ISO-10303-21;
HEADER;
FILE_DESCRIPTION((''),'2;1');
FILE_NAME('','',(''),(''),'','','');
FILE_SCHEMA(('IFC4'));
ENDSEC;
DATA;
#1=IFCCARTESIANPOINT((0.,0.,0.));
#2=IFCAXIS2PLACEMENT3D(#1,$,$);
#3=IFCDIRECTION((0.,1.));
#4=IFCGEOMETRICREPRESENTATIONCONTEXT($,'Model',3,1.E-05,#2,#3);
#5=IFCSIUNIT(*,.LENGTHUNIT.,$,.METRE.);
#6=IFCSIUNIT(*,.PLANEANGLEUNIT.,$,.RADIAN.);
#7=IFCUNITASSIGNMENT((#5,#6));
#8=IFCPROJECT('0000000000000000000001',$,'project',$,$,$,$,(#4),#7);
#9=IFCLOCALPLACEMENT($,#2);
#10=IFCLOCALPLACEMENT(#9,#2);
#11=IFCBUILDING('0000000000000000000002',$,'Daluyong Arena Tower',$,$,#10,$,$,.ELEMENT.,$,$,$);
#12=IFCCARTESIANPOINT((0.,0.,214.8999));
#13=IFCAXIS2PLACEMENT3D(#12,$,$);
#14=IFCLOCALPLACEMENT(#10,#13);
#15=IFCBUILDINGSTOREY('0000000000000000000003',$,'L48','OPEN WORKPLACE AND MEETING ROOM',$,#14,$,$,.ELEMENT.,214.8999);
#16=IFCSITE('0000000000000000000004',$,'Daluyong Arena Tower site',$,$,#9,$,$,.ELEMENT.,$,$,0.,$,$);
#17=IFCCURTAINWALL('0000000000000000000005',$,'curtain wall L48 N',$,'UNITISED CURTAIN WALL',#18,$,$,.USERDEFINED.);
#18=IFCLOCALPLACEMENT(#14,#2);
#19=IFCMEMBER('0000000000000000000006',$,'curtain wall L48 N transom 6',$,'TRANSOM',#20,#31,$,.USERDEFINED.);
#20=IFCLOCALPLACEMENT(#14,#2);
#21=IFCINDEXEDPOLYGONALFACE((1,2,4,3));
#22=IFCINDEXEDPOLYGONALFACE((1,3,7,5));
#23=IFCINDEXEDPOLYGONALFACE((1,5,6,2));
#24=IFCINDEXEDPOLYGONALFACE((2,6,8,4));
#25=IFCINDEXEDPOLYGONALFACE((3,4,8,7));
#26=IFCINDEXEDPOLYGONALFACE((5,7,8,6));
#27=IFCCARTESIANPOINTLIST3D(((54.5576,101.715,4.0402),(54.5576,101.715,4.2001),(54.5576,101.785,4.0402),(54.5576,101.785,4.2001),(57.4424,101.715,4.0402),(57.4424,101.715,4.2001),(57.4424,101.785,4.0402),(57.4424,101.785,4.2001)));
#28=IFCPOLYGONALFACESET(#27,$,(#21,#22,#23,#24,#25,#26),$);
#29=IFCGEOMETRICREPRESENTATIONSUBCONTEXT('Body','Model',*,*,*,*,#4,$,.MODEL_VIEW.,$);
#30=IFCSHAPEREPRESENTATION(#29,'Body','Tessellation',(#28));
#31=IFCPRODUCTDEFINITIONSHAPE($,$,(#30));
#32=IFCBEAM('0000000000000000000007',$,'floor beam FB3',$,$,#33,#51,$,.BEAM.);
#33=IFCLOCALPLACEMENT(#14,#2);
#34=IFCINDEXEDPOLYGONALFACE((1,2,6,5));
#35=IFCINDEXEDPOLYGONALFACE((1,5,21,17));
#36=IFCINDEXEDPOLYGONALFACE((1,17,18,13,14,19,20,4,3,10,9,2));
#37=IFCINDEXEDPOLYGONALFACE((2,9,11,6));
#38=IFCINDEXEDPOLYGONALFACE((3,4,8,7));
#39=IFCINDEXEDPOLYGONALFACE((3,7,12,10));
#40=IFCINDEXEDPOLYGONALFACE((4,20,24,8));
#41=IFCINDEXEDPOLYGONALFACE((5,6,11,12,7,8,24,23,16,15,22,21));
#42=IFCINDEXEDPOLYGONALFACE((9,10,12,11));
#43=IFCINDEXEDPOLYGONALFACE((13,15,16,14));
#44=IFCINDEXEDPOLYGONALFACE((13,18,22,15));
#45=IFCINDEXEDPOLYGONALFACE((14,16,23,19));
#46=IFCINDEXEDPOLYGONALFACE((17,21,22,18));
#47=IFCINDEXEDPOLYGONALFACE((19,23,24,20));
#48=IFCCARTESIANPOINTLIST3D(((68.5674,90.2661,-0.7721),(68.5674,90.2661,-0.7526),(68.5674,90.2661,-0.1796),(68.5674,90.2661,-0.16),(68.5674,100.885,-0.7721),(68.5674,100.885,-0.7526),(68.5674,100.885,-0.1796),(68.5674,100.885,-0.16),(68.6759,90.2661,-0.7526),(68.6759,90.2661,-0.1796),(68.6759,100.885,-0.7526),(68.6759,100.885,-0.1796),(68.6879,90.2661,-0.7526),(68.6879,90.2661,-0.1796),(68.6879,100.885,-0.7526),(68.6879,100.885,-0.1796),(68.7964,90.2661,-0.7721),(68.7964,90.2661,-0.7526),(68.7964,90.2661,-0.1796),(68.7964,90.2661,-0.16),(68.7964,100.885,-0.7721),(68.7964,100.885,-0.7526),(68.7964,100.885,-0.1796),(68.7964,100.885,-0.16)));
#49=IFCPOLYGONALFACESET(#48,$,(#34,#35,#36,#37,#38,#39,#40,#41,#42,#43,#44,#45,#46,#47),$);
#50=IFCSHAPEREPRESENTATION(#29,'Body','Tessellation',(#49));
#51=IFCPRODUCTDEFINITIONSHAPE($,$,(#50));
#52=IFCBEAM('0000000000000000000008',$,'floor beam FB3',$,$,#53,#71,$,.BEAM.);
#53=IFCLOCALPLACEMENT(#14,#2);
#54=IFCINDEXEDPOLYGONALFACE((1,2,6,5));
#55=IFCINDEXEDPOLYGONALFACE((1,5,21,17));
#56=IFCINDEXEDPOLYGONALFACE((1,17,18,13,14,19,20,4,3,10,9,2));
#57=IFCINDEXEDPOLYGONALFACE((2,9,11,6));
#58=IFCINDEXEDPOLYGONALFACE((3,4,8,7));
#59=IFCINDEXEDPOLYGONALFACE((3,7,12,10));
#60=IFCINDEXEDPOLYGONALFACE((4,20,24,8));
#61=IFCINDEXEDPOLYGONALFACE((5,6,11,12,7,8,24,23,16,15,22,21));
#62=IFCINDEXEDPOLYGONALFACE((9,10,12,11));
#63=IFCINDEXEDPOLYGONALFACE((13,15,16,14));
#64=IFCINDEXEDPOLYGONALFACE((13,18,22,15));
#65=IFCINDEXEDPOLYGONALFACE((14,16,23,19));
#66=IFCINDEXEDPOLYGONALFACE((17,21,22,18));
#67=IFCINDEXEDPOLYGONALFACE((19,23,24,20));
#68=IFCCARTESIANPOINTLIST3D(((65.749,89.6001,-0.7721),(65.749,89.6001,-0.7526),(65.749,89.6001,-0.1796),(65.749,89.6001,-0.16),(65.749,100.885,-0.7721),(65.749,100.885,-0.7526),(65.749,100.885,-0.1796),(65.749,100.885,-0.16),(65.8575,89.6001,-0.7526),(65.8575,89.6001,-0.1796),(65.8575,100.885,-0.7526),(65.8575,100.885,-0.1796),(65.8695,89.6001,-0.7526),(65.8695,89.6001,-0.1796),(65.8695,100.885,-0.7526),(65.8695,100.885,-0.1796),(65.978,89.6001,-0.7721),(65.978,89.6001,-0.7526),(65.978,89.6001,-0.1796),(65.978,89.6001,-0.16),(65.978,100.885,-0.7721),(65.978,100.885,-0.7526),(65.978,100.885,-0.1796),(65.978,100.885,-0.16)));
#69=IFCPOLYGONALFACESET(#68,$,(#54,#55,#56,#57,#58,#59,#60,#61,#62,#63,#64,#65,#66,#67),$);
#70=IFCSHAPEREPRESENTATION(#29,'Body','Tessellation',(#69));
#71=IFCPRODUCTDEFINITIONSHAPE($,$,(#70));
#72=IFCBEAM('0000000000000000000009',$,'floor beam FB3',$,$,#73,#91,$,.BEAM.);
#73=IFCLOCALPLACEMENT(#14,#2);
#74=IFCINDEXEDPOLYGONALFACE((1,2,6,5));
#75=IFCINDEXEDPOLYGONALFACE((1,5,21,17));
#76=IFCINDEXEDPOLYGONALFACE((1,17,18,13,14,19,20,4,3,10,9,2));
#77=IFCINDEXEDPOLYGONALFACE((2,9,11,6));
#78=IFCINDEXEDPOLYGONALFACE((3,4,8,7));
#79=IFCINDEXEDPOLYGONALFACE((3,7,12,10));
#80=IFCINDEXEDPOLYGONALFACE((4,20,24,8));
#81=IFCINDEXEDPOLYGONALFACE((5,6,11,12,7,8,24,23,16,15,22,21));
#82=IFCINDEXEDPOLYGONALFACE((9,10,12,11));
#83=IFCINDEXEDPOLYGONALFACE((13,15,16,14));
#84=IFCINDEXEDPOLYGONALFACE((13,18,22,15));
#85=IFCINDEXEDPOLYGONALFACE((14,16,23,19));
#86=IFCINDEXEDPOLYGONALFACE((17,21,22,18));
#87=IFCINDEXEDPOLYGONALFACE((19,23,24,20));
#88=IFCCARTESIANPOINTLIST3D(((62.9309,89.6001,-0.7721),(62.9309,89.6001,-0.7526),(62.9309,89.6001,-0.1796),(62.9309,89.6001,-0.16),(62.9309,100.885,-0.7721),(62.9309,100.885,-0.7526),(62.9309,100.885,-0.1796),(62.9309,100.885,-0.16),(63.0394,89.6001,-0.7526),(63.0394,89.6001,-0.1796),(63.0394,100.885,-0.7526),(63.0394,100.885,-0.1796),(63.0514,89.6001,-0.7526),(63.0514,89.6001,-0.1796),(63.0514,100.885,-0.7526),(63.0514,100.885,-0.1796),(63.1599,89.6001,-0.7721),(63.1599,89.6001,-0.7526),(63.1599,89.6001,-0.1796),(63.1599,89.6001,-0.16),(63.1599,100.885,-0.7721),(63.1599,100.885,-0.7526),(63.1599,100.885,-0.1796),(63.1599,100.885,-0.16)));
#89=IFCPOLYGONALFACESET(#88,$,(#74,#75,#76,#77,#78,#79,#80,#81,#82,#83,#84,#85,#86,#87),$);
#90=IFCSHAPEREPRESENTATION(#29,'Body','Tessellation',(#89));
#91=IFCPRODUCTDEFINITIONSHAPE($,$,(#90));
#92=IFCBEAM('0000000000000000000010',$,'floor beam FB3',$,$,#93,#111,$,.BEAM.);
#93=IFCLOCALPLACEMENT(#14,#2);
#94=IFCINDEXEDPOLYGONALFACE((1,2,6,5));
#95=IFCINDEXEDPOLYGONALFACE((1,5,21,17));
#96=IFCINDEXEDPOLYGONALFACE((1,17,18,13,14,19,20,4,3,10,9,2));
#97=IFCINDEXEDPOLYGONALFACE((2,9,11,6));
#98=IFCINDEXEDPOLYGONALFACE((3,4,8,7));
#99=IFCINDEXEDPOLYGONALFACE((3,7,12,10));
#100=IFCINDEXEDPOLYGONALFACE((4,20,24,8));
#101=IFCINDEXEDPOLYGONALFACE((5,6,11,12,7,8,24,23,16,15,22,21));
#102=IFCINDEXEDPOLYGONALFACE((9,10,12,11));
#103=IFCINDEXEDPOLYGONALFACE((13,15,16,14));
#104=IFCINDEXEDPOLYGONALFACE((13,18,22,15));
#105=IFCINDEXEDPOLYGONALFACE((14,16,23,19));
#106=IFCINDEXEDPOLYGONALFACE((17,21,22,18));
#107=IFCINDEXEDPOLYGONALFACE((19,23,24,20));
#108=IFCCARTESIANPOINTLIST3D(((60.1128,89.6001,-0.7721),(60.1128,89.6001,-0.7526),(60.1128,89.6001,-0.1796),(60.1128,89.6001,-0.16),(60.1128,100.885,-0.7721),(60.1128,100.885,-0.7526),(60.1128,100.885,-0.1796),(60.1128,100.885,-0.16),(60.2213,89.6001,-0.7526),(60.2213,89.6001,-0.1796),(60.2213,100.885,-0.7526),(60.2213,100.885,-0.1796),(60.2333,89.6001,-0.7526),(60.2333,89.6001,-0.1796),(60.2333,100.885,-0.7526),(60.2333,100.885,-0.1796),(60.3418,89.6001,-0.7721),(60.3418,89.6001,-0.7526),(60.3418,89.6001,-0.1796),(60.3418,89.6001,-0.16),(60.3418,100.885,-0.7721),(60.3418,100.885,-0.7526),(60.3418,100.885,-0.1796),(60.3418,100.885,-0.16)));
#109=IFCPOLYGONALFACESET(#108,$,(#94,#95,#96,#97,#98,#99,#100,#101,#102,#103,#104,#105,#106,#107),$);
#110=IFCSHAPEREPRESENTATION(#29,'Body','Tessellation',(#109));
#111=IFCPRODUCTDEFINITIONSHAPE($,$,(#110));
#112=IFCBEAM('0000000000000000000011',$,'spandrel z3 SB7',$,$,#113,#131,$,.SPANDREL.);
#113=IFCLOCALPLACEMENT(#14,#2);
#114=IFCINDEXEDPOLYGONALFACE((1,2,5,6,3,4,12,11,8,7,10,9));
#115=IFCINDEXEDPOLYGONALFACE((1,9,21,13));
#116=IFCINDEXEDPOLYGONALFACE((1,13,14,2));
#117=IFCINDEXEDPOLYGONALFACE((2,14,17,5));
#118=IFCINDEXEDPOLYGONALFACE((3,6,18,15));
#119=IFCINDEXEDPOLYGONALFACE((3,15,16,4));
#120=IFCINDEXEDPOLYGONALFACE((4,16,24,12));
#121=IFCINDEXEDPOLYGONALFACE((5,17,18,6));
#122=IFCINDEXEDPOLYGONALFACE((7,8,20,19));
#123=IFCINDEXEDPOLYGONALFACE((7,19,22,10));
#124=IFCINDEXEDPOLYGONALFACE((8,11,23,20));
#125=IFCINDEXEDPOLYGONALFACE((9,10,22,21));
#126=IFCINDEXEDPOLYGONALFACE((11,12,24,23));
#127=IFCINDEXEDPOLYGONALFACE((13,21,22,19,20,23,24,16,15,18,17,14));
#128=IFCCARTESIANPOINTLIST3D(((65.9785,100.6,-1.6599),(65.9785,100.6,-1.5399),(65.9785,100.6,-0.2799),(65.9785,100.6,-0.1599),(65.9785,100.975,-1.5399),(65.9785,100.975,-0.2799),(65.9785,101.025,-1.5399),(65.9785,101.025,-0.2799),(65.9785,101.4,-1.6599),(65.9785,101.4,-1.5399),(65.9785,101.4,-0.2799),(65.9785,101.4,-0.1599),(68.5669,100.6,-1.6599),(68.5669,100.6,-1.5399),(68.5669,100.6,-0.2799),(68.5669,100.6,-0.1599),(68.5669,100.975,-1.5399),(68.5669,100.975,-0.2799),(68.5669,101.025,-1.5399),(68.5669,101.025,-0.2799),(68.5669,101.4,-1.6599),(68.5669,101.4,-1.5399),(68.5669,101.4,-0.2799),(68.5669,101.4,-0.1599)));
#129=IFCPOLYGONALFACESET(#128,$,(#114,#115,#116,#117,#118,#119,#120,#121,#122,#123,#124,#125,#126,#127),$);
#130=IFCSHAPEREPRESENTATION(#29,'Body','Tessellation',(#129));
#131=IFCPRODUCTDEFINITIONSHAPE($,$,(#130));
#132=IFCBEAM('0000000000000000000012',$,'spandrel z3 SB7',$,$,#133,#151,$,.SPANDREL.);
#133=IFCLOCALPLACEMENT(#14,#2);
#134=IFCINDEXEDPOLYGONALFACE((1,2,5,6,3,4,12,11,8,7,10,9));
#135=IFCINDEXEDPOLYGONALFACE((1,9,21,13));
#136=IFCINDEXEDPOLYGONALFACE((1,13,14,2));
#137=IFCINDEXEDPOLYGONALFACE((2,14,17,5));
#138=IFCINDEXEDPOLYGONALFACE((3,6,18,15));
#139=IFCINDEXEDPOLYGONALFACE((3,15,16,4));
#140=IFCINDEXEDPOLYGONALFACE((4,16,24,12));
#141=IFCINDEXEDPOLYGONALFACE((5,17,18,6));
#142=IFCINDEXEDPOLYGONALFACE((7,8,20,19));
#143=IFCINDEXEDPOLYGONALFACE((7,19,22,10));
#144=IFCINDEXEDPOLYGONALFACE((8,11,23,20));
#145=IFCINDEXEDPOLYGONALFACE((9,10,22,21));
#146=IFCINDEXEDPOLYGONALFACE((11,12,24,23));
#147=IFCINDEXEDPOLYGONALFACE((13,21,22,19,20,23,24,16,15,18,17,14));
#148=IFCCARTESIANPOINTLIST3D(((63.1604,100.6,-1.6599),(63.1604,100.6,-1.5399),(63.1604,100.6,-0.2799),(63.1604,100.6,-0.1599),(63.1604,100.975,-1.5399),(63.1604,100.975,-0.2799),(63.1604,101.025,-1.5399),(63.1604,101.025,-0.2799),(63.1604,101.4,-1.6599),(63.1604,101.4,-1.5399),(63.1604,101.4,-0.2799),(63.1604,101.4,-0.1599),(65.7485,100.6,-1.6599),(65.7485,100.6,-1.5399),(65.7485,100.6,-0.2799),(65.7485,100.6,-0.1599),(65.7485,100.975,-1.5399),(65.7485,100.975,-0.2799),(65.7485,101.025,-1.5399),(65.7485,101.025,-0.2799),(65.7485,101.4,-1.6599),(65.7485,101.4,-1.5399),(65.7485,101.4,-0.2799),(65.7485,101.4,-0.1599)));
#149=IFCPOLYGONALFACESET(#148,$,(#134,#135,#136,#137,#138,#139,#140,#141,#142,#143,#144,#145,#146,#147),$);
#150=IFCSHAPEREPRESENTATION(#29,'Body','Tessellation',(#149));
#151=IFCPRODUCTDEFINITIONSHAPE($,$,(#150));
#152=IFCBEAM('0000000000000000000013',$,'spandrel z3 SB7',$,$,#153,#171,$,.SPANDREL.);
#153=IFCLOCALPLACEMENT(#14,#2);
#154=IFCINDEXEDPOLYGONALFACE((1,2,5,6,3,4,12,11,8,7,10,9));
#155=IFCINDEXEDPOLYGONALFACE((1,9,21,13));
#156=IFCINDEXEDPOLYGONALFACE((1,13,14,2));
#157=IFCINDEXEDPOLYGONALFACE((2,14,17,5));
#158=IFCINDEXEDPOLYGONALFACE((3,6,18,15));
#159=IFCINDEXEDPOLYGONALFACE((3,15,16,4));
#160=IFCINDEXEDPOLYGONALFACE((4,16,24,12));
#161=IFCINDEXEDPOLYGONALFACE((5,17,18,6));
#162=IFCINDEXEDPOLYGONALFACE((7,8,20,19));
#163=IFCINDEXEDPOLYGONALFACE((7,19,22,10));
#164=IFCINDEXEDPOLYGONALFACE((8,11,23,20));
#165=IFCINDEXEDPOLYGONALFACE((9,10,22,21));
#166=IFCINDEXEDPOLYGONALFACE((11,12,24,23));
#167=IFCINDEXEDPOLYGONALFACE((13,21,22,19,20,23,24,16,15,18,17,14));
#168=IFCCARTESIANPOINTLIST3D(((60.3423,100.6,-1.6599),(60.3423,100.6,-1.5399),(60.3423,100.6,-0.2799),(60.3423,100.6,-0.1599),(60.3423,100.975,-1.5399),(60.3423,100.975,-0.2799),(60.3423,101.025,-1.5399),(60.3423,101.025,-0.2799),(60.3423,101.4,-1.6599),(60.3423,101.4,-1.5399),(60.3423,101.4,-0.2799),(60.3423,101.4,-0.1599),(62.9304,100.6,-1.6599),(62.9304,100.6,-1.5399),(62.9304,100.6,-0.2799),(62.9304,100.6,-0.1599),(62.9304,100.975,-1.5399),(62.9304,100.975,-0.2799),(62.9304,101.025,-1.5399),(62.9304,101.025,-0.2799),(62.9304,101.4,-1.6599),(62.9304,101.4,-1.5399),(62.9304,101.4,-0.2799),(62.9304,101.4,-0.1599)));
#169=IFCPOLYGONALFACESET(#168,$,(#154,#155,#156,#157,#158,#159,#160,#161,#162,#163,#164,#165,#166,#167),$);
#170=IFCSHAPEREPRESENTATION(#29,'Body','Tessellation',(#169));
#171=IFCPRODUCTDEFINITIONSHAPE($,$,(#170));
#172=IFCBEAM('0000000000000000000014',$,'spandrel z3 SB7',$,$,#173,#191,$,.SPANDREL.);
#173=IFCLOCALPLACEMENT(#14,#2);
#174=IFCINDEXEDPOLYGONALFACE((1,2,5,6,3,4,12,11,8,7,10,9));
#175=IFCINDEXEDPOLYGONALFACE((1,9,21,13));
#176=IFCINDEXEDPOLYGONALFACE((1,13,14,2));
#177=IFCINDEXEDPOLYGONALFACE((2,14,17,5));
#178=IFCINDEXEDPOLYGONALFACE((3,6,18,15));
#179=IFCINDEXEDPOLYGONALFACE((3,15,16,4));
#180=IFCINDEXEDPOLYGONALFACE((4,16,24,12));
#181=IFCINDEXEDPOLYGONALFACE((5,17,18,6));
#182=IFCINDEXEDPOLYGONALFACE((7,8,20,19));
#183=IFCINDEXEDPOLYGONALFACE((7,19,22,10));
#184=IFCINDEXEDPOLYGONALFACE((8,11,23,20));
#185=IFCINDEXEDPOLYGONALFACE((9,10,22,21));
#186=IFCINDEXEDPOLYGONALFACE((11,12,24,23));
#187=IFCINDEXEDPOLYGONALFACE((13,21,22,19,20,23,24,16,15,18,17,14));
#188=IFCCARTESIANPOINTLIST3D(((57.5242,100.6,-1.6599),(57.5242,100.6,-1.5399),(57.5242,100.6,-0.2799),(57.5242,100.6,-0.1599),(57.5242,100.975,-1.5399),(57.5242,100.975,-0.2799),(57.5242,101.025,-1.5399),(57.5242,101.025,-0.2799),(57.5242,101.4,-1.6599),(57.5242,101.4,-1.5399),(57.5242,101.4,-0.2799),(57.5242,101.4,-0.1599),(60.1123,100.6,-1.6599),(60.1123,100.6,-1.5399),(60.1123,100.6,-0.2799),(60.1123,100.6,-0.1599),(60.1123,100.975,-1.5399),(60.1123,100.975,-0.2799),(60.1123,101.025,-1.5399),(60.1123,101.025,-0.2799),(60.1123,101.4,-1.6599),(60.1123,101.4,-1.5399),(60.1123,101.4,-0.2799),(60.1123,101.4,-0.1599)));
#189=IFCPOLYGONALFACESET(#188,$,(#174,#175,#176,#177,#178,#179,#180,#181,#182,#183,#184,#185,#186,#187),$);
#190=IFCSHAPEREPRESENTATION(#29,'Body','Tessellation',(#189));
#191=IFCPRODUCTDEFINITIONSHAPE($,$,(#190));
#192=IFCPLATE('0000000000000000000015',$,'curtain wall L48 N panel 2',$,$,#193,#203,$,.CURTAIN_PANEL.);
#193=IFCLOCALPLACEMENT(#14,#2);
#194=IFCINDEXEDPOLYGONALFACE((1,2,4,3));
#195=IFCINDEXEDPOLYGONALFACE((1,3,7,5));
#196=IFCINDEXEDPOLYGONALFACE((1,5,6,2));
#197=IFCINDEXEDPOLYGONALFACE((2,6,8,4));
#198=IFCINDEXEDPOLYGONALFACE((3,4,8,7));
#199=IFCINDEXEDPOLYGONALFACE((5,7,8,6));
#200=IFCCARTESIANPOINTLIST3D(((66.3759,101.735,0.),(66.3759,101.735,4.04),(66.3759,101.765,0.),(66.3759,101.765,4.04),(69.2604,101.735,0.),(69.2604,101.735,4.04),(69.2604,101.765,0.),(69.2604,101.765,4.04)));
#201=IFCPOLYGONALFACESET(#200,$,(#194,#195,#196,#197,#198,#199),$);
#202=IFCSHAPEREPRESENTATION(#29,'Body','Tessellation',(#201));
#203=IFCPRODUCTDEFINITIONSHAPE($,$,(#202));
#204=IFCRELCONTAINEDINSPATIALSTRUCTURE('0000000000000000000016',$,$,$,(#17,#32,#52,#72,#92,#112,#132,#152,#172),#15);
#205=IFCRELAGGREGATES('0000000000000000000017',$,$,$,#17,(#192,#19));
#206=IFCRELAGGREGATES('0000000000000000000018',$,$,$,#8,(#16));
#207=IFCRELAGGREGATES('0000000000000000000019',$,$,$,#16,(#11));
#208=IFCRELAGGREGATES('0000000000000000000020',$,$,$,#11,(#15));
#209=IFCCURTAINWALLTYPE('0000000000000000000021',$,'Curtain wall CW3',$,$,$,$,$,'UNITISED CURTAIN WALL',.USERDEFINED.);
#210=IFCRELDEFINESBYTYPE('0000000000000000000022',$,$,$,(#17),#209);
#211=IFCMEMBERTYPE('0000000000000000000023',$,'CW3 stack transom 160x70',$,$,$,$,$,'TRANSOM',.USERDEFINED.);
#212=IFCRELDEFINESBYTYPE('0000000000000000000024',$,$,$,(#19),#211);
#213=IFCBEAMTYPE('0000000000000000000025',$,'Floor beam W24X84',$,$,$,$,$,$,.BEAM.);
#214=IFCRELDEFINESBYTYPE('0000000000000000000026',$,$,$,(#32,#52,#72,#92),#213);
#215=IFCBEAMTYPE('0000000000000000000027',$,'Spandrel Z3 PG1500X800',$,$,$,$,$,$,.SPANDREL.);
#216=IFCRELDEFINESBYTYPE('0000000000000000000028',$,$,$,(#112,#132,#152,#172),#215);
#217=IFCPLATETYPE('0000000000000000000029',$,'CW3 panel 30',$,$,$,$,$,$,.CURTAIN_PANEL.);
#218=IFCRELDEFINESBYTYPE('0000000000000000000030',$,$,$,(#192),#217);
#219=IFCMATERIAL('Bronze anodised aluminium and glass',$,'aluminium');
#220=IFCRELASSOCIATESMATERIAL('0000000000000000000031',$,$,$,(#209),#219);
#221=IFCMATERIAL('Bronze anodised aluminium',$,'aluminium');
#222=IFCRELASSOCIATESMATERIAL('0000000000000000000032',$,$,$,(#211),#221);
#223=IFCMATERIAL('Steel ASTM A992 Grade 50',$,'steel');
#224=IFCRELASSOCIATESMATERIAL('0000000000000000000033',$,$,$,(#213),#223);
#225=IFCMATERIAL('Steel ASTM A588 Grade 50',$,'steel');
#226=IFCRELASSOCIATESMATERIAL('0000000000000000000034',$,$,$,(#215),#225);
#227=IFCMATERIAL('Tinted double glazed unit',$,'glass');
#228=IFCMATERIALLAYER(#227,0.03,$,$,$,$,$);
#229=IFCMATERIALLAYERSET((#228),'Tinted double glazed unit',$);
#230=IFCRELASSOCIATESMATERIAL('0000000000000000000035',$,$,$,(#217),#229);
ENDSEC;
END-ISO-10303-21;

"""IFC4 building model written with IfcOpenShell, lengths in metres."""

from ifc_helpers import new_model, si_unit, direction, frame, origin, origin_2d, place, context, subcontext, project, spatial, rectangle, i_section, extrude, material, layer, layer_set, material_profile, profile_set, type_object, element, aggregate, save


model = new_model("IFC4")

# Units and contexts
model_context = context("Model", 3, precision=1e-05, world=origin(), true_north=direction((0.0, 1.0)))
body_context = subcontext(model_context, "Body", "Model", "MODEL_VIEW")
ifc_project = project(units=[si_unit("LENGTHUNIT", "METRE"), si_unit("PLANEANGLEUNIT", "RADIAN")], contexts=[model_context])

# Site, building, storey
site_placement = place(None, origin())
site = spatial("IfcSite", under=ifc_project, at=site_placement, Name="Daluyong Arena Tower site", CompositionType="ELEMENT", RefElevation=0.0)
building_placement = place(site_placement, origin())
building = spatial("IfcBuilding", under=site, at=building_placement, Name="Daluyong Arena Tower", CompositionType="ELEMENT")
storey_placement = place(building_placement, frame((0.0, 0.0, 214.8999)))
storey = spatial("IfcBuildingStorey", under=building, at=storey_placement, Name="L48", Description="OPEN WORKPLACE AND MEETING ROOM", CompositionType="ELEMENT", Elevation=214.8999)

# Curtain wall, member
ifc_material_1 = material(Name="Bronze anodised aluminium and glass", Category="aluminium")
curtain_wall_type = type_object("IfcCurtainWallType", Name="Curtain wall CW3", ElementType="UNITISED CURTAIN WALL", PredefinedType="USERDEFINED", material=ifc_material_1)
curtain_wall_placement = place(storey_placement, origin())
curtain_wall = element("IfcCurtainWall", 1, at=curtain_wall_placement, inside=storey, type_object=curtain_wall_type, Name="curtain wall L48 N", ObjectType="UNITISED CURTAIN WALL", PredefinedType="USERDEFINED")
ifc_material_2 = material(Name="Bronze anodised aluminium", Category="aluminium")
ifc_material_profile_1 = material_profile(ifc_material_2, rectangle(XDim=0.0701, YDim=0.1599, at=origin_2d()))
ifc_profile_set_1 = profile_set([ifc_material_profile_1], Name="Bronze anodised aluminium")
member_type_1 = type_object("IfcMemberType", Name="CW3 stack transom 160x70", ElementType="TRANSOM", PredefinedType="USERDEFINED", material=ifc_profile_set_1)
member_1_placement = place(storey_placement, frame((57.4424, 101.75, 4.1201), z_axis=(-1.0, 0.0, 0.0), x_axis=(0.0, -1.0, 0.0)))
member_1 = element("IfcMember", 2, at=member_1_placement, type_object=member_type_1, Name="curtain wall L48 N transom 6", ObjectType="TRANSOM", PredefinedType="USERDEFINED", context=body_context, shape_type="SweptSolid", body=[
    extrude(rectangle(XDim=0.0701, YDim=0.1599, at=origin_2d()), origin(), (0.0, 0.0, 1.0), 2.8848),
])

# Beams
ifc_material_3 = material(Name="Steel ASTM A992 Grade 50", Category="steel")
ifc_material_profile_2 = material_profile(ifc_material_3, i_section(OverallWidth=0.229, OverallDepth=0.6121, WebThickness=0.012, FlangeThickness=0.0195, at=origin_2d()))
ifc_profile_set_2 = profile_set([ifc_material_profile_2], Name="Steel ASTM A992 Grade 50")
beam_type_1 = type_object("IfcBeamType", Name="Floor beam W24X84", PredefinedType="BEAM", material=ifc_profile_set_2)
beam_1_placement = place(storey_placement, frame((68.6819, 100.885, -0.4661), z_axis=(0.0, -1.0, 0.0), x_axis=(1.0, 0.0, 0.0)))
element("IfcBeam", 3, at=beam_1_placement, inside=storey, type_object=beam_type_1, Name="floor beam FB3", PredefinedType="BEAM", context=body_context, shape_type="SweptSolid", body=[
    extrude(i_section(OverallWidth=0.229, OverallDepth=0.6121, WebThickness=0.012, FlangeThickness=0.0195, at=origin_2d()), origin(), (0.0, 0.0, 1.0), 10.6189),
])
for number, where, z_axis, x_axis, name in (
    (4, (65.8635, 100.885, -0.4661), (0.0, -1.0, 0.0), (1.0, 0.0, 0.0), "floor beam FB3"),
    (5, (63.0454, 100.885, -0.4661), (0.0, -1.0, 0.0), (1.0, 0.0, 0.0), "floor beam FB3"),
    (6, (60.2273, 100.885, -0.4661), (0.0, -1.0, 0.0), (1.0, 0.0, 0.0), "floor beam FB3"),
):
    element("IfcBeam", number, at=place(storey_placement, frame(where, z_axis=z_axis, x_axis=x_axis)), inside=storey, type_object=beam_type_1, Name=name, PredefinedType="BEAM", context=body_context, shape_type="SweptSolid", body=[
        extrude(i_section(OverallWidth=0.229, OverallDepth=0.6121, WebThickness=0.012, FlangeThickness=0.0195, at=origin_2d()), origin(), (0.0, 0.0, 1.0), 11.2849),
    ])
ifc_material_4 = material(Name="Steel ASTM A588 Grade 50", Category="steel")
ifc_material_profile_3 = material_profile(ifc_material_4, i_section(OverallWidth=0.8, OverallDepth=1.5, WebThickness=0.05, FlangeThickness=0.12, at=origin_2d()))
ifc_profile_set_3 = profile_set([ifc_material_profile_3], Name="Steel ASTM A588 Grade 50")
beam_type_2 = type_object("IfcBeamType", Name="Spandrel Z3 PG1500X800", PredefinedType="SPANDREL", material=ifc_profile_set_3)
beam_2_placement = place(storey_placement, frame((68.5669, 101.0, -0.9099), z_axis=(-1.0, 0.0, 0.0), x_axis=(0.0, -1.0, 0.0)))
element("IfcBeam", 7, at=beam_2_placement, inside=storey, type_object=beam_type_2, Name="spandrel z3 SB7", PredefinedType="SPANDREL", context=body_context, shape_type="SweptSolid", body=[
    extrude(i_section(OverallWidth=0.8, OverallDepth=1.5, WebThickness=0.05, FlangeThickness=0.12, at=origin_2d()), origin(), (0.0, 0.0, 1.0), 2.5884),
])
for number, where, z_axis, x_axis, name in (
    (8, (65.7485, 101.0, -0.9099), (-1.0, 0.0, 0.0), (0.0, -1.0, 0.0), "spandrel z3 SB7"),
    (9, (62.9304, 101.0, -0.9099), (-1.0, 0.0, 0.0), (0.0, -1.0, 0.0), "spandrel z3 SB7"),
    (10, (60.1123, 101.0, -0.9099), (-1.0, 0.0, 0.0), (0.0, -1.0, 0.0), "spandrel z3 SB7"),
):
    element("IfcBeam", number, at=place(storey_placement, frame(where, z_axis=z_axis, x_axis=x_axis)), inside=storey, type_object=beam_type_2, Name=name, PredefinedType="SPANDREL", context=body_context, shape_type="SweptSolid", body=[
        extrude(i_section(OverallWidth=0.8, OverallDepth=1.5, WebThickness=0.05, FlangeThickness=0.12, at=origin_2d()), origin(), (0.0, 0.0, 1.0), 2.5881),
    ])

# Plate
ifc_material_5 = material(Name="Tinted double glazed unit", Category="glass")
ifc_layer_1 = layer(ifc_material_5, 0.03)
ifc_layer_set_1 = layer_set([ifc_layer_1], Name="Tinted double glazed unit")
plate_type = type_object("IfcPlateType", Name="CW3 panel 30", PredefinedType="CURTAIN_PANEL", material=ifc_layer_set_1)
plate_1_placement = place(storey_placement, frame((67.8181, 101.75, 0.0), z_axis=(0.0, 0.0, 1.0), x_axis=(-1.0, 0.0, 0.0)))
plate_1 = element("IfcPlate", 11, at=plate_1_placement, type_object=plate_type, Name="curtain wall L48 N panel 2", PredefinedType="CURTAIN_PANEL", context=body_context, shape_type="SweptSolid", body=[
    extrude(rectangle(XDim=2.8845, YDim=0.03, at=origin_2d()), origin(), (0.0, 0.0, 1.0), 4.04),
])
aggregate(curtain_wall, [plate_1, member_1])

save(model, "model.ifc")
